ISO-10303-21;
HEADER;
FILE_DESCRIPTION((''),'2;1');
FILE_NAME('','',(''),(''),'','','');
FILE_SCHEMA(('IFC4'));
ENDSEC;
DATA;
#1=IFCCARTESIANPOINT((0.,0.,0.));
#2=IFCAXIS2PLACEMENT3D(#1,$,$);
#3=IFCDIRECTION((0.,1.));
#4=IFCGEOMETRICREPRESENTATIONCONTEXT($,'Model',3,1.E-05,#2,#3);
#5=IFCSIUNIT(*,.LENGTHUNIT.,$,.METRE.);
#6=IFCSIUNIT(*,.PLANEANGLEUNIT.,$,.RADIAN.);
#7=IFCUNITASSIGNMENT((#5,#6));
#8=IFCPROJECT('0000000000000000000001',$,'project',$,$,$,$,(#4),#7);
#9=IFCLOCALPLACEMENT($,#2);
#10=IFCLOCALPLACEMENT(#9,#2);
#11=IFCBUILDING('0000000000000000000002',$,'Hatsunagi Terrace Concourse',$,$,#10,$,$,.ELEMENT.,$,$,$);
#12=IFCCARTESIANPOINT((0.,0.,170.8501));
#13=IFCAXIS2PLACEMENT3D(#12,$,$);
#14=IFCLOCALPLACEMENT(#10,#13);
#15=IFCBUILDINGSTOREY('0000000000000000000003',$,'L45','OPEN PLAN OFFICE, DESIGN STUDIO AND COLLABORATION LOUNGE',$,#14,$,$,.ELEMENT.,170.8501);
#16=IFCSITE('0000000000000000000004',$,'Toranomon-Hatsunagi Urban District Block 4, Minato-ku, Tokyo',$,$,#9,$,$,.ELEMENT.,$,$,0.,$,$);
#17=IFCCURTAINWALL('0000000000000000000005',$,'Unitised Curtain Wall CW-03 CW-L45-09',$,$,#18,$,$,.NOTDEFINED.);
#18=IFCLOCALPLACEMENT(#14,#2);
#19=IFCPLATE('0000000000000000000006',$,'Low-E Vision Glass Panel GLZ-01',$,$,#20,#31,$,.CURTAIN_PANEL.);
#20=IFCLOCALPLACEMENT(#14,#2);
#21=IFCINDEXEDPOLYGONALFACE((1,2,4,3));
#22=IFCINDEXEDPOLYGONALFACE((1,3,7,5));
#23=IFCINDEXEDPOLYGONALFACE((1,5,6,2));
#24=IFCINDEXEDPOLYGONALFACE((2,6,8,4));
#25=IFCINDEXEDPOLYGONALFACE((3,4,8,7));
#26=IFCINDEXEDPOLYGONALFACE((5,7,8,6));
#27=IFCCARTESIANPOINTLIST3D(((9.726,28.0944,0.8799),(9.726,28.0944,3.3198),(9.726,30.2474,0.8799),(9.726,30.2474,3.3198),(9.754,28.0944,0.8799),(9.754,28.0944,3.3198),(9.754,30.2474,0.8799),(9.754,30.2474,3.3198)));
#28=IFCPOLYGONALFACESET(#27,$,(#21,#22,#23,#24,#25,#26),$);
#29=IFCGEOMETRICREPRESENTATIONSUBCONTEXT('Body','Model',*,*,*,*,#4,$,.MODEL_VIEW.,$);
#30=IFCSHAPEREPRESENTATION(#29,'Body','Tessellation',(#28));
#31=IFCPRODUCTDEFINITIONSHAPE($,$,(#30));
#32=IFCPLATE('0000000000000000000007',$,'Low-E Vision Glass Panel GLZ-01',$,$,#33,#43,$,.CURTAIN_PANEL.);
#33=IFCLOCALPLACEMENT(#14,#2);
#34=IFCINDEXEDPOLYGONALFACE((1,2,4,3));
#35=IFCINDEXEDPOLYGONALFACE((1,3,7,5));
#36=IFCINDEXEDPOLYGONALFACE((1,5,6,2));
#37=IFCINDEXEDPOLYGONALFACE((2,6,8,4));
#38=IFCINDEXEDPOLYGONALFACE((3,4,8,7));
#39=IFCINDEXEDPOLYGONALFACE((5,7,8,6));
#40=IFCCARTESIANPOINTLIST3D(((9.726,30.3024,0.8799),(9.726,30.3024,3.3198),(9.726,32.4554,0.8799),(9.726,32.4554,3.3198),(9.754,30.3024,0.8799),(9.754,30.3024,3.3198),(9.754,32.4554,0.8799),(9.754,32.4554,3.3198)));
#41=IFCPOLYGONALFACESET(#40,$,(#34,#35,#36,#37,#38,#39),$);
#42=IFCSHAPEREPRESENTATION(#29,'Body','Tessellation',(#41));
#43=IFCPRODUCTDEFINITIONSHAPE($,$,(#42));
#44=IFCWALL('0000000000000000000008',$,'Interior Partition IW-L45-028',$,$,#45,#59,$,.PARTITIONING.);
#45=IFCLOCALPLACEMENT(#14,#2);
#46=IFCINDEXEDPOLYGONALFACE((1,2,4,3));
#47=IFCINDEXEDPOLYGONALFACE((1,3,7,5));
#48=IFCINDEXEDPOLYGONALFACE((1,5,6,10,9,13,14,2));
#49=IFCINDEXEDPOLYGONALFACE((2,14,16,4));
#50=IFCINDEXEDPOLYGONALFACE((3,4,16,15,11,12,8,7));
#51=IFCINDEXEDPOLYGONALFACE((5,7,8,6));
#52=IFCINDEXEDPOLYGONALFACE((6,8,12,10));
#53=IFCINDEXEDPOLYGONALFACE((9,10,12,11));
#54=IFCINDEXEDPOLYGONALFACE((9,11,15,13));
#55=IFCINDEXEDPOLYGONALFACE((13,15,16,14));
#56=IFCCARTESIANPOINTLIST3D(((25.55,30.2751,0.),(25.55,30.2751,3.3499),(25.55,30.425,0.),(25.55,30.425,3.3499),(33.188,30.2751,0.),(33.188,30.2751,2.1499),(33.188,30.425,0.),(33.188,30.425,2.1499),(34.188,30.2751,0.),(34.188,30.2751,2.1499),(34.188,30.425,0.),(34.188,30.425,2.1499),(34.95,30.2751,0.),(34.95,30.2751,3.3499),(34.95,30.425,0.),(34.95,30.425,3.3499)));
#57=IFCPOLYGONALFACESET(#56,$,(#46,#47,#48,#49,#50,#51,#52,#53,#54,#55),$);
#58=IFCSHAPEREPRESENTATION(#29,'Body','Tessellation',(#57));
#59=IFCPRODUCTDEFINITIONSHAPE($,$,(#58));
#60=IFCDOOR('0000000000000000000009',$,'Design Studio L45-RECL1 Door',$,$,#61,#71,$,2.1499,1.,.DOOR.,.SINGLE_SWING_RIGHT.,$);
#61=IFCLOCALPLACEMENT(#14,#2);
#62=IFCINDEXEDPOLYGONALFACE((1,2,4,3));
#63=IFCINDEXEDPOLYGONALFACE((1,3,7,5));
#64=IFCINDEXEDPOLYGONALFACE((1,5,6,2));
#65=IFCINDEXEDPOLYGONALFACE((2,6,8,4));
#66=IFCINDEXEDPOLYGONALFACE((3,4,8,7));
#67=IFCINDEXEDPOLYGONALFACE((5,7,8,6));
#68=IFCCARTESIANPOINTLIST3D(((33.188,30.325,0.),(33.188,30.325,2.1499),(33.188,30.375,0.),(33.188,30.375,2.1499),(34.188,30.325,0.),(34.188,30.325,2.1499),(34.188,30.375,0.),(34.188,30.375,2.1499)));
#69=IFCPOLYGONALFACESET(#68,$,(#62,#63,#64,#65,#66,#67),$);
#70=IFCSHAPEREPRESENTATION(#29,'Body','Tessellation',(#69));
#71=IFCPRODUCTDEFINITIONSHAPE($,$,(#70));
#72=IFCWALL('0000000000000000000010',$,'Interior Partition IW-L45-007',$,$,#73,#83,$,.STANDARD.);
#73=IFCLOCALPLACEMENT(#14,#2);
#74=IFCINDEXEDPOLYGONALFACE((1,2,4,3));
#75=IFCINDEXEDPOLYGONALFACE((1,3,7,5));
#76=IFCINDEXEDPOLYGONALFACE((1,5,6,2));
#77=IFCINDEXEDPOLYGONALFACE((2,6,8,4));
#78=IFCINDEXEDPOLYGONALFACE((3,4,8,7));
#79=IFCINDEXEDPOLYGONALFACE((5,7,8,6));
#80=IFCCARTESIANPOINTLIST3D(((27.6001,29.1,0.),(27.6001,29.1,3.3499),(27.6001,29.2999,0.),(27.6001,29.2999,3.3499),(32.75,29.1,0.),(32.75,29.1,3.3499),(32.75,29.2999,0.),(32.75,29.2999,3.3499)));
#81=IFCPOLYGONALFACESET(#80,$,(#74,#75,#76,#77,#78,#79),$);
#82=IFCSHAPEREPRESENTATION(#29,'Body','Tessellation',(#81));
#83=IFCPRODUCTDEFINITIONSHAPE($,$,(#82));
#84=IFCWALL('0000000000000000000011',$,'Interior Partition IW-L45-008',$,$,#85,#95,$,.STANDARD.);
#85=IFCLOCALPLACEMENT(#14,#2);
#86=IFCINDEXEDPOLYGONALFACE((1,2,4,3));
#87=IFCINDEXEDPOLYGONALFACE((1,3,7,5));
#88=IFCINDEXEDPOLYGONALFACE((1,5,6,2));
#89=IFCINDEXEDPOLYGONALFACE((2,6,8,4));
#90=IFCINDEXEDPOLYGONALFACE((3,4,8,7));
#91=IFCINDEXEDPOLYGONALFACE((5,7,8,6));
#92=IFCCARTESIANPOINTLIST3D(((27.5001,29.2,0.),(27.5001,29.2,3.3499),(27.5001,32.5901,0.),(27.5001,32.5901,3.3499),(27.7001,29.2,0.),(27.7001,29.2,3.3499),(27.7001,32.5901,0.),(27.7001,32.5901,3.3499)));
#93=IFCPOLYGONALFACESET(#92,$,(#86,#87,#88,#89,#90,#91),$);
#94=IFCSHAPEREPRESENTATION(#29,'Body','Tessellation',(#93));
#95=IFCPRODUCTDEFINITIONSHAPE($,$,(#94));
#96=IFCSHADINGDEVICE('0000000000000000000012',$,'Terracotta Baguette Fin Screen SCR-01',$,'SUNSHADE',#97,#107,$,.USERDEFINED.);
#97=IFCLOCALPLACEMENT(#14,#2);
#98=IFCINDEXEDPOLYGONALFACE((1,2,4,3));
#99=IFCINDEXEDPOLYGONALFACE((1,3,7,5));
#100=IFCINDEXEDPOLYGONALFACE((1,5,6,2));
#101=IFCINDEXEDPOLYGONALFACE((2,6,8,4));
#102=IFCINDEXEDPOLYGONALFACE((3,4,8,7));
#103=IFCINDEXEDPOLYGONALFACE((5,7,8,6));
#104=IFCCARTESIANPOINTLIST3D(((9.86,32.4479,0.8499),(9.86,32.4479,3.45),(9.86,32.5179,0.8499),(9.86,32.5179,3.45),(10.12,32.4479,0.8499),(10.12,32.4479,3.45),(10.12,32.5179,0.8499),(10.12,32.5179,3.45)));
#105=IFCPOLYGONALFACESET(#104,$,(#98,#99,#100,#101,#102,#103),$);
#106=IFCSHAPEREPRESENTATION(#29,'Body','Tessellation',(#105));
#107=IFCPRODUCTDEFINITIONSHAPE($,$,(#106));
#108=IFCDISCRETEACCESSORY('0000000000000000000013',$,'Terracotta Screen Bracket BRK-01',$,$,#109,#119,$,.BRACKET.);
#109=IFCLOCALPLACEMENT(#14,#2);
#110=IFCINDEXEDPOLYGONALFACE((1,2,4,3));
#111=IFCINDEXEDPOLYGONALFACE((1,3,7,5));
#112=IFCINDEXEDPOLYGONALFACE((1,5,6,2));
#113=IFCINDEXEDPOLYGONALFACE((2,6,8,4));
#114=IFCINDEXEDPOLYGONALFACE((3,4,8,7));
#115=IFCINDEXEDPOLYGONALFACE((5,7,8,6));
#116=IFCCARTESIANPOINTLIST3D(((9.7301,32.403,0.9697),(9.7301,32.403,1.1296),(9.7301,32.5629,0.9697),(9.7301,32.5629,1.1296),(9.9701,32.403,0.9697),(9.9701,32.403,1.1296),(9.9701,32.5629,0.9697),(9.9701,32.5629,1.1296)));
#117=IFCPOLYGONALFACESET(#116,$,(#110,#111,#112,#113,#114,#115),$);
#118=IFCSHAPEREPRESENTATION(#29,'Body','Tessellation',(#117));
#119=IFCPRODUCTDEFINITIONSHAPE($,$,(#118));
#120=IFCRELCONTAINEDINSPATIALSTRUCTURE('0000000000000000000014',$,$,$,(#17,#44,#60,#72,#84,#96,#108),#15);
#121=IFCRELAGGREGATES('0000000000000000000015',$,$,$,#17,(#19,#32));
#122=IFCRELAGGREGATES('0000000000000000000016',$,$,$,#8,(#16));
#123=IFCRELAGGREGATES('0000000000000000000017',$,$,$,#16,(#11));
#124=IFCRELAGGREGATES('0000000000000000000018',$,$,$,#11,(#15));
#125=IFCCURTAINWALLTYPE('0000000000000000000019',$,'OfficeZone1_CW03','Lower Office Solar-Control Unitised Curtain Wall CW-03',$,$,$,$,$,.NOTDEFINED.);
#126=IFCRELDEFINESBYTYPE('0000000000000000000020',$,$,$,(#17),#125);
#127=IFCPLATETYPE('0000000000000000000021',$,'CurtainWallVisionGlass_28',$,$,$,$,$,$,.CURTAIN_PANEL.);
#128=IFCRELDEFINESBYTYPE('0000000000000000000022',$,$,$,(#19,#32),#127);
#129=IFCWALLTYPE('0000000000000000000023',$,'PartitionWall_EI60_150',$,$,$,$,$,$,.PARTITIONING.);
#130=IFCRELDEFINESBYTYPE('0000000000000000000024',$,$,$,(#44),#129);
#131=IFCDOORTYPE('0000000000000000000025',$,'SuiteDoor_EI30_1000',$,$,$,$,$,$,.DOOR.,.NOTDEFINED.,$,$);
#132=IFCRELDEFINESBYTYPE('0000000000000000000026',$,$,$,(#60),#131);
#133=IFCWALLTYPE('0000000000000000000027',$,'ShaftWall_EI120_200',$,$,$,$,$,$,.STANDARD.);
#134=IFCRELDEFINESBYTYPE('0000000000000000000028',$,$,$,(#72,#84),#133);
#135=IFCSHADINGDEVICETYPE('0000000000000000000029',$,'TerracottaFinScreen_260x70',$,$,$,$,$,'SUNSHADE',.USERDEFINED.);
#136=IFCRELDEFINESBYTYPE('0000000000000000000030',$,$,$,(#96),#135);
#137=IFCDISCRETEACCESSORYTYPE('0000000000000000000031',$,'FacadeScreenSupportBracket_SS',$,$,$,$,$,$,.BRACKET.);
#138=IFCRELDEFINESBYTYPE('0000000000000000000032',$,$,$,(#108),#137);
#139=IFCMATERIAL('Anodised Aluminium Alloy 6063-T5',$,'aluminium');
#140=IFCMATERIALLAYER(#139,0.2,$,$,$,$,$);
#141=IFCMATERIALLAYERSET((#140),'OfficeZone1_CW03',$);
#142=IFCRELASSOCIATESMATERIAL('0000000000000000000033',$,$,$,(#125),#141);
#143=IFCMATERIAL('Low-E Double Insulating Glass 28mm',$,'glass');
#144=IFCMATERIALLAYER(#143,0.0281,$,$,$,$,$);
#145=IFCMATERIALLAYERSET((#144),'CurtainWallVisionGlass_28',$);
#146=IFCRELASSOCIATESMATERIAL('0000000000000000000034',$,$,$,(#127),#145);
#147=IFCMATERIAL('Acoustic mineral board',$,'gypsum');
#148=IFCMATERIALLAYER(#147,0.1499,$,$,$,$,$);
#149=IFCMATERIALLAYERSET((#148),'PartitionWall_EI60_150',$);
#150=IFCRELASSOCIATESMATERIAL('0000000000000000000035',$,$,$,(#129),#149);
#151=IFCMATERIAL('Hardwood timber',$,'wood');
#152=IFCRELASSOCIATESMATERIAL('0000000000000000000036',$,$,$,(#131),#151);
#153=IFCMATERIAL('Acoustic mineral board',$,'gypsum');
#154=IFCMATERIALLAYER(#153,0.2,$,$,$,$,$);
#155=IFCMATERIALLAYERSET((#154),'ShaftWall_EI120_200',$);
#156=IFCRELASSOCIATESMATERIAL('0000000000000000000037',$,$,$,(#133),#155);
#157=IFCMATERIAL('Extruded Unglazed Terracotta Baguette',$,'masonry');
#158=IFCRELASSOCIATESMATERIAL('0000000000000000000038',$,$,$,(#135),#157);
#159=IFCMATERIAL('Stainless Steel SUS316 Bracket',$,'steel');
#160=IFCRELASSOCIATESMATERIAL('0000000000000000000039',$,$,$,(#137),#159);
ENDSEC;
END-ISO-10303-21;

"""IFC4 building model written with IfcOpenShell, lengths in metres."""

from ifc_helpers import new_model, si_unit, direction, frame, frame_2d, origin, origin_2d, place, context, subcontext, project, spatial, rectangle, extrude, material, layer, layer_set, type_object, element, fill, aggregate, save


model = new_model("IFC4")

# Units and contexts
model_context = context("Model", 3, precision=1e-05, world=origin(), true_north=direction((0.0, 1.0)))
body_context = subcontext(model_context, "Body", "Model", "MODEL_VIEW")
ifc_project = project(units=[si_unit("LENGTHUNIT", "METRE"), si_unit("PLANEANGLEUNIT", "RADIAN")], contexts=[model_context])

# Site, building, storey
site_placement = place(None, origin())
site = spatial("IfcSite", under=ifc_project, at=site_placement, Name="Toranomon-Hatsunagi Urban District Block 4, Minato-ku, Tokyo", CompositionType="ELEMENT", RefElevation=0.0)
building_placement = place(site_placement, origin())
building = spatial("IfcBuilding", under=site, at=building_placement, Name="Hatsunagi Terrace Concourse", CompositionType="ELEMENT")
storey_placement = place(building_placement, frame((0.0, 0.0, 170.8501)))
storey = spatial("IfcBuildingStorey", under=building, at=storey_placement, Name="L45", Description="OPEN PLAN OFFICE, DESIGN STUDIO AND COLLABORATION LOUNGE", CompositionType="ELEMENT", Elevation=170.8501)

# Curtain wall
ifc_material_1 = material(Name="Anodised Aluminium Alloy 6063-T5", Category="aluminium")
ifc_layer_1 = layer(ifc_material_1, 0.2)
ifc_layer_set_1 = layer_set([ifc_layer_1], Name="OfficeZone1_CW03")
curtain_wall_type = type_object("IfcCurtainWallType", Name="OfficeZone1_CW03", Description="Lower Office Solar-Control Unitised Curtain Wall CW-03", PredefinedType="NOTDEFINED", material=ifc_layer_set_1)
curtain_wall_placement = place(storey_placement, origin())
curtain_wall = element("IfcCurtainWall", 1, at=curtain_wall_placement, inside=storey, type_object=curtain_wall_type, Name="Unitised Curtain Wall CW-03 CW-L45-09", PredefinedType="NOTDEFINED")

# Plates
ifc_material_2 = material(Name="Low-E Double Insulating Glass 28mm", Category="glass")
ifc_layer_2 = layer(ifc_material_2, 0.0281)
ifc_layer_set_2 = layer_set([ifc_layer_2], Name="CurtainWallVisionGlass_28")
plate_type_1 = type_object("IfcPlateType", Name="CurtainWallVisionGlass_28", PredefinedType="CURTAIN_PANEL", material=ifc_layer_set_2)
plate_1_placement = place(storey_placement, frame((9.74, 29.1709, 0.8799), z_axis=(0.0, 0.0, 1.0), x_axis=(0.0, 1.0, 0.0)))
plate_1 = element("IfcPlate", 2, at=plate_1_placement, type_object=plate_type_1, Name="Low-E Vision Glass Panel GLZ-01", PredefinedType="CURTAIN_PANEL", context=body_context, shape_type="SweptSolid", body=[
    extrude(rectangle(XDim=2.1531, YDim=0.0281, at=origin_2d()), origin(), (0.0, 0.0, 1.0), 2.4399),
])
plate_2_placement = place(storey_placement, frame((9.74, 31.3789, 0.8799), z_axis=(0.0, 0.0, 1.0), x_axis=(0.0, 1.0, 0.0)))
plate_2 = element("IfcPlate", 3, at=plate_2_placement, type_object=plate_type_1, Name="Low-E Vision Glass Panel GLZ-01", PredefinedType="CURTAIN_PANEL", context=body_context, shape_type="SweptSolid", body=[
    extrude(rectangle(XDim=2.1531, YDim=0.0281, at=origin_2d()), origin(), (0.0, 0.0, 1.0), 2.4399),
])
aggregate(curtain_wall, [plate_1, plate_2])

# Wall, opening, door
ifc_material_3 = material(Name="Acoustic mineral board", Category="gypsum")
ifc_layer_3 = layer(ifc_material_3, 0.1499)
ifc_layer_set_3 = layer_set([ifc_layer_3], Name="PartitionWall_EI60_150")
wall_type_1 = type_object("IfcWallType", Name="PartitionWall_EI60_150", PredefinedType="PARTITIONING", material=ifc_layer_set_3)
wall_1_placement = place(storey_placement, frame((25.55, 30.3501, 0.0), z_axis=(0.0, 0.0, 1.0), x_axis=(1.0, 0.0, 0.0)))
wall_1 = element("IfcWall", 4, at=wall_1_placement, inside=storey, type_object=wall_type_1, Name="Interior Partition IW-L45-028", PredefinedType="PARTITIONING", context=body_context, shape_type="SweptSolid", body=[
    extrude(rectangle(XDim=9.3999, YDim=0.1499, at=frame_2d((4.7, 0.0))), origin(), (0.0, 0.0, 1.0), 3.3499),
])
opening_placement = place(wall_1_placement, frame((7.6379, 0.0, 0.0)))
opening = element("IfcOpeningElement", 5, at=opening_placement, cuts=wall_1, PredefinedType="OPENING", context=body_context, shape_type="SweptSolid", body=[
    extrude(rectangle(XDim=1.0, YDim=2.1499, at=frame_2d((0.5, 1.075))), frame((0.0, 0.085, 0.0), z_axis=(0.0, -1.0, 0.0), x_axis=(1.0, 0.0, 0.0)), (0.0, 0.0, 1.0), 0.1699),
])
ifc_material_4 = material(Name="Hardwood timber", Category="wood")
door_type = type_object("IfcDoorType", Name="SuiteDoor_EI30_1000", OperationType="NOTDEFINED", PredefinedType="DOOR", material=ifc_material_4)
door_placement = place(opening_placement, origin())
door = element("IfcDoor", 6, at=door_placement, inside=storey, type_object=door_type, Name="Design Studio L45-RECL1 Door", OperationType="SINGLE_SWING_RIGHT", OverallHeight=2.1499, OverallWidth=1.0, PredefinedType="DOOR", context=body_context, shape_type="SweptSolid", body=[
    extrude(rectangle(XDim=1.0, YDim=2.1499, at=frame_2d((0.5, 1.075))), frame((0.0, 0.0249, 0.0), z_axis=(0.0, -1.0, 0.0), x_axis=(1.0, 0.0, 0.0)), (0.0, 0.0, 1.0), 0.05),
])
fill(opening, door)

# Walls
ifc_material_5 = material(Name="Acoustic mineral board", Category="gypsum")
ifc_layer_4 = layer(ifc_material_5, 0.2)
ifc_layer_set_4 = layer_set([ifc_layer_4], Name="ShaftWall_EI120_200")
wall_type_2 = type_object("IfcWallType", Name="ShaftWall_EI120_200", PredefinedType="STANDARD", material=ifc_layer_set_4)
wall_2_placement = place(storey_placement, frame((27.6001, 29.2, 0.0), z_axis=(0.0, 0.0, 1.0), x_axis=(1.0, 0.0, 0.0)))
element("IfcWall", 7, at=wall_2_placement, inside=storey, type_object=wall_type_2, Name="Interior Partition IW-L45-007", PredefinedType="STANDARD", context=body_context, shape_type="SweptSolid", body=[
    extrude(rectangle(XDim=5.1499, YDim=0.2, at=frame_2d((2.575, 0.0))), origin(), (0.0, 0.0, 1.0), 3.3499),
])
wall_3_placement = place(storey_placement, frame((27.6001, 29.2, 0.0), z_axis=(0.0, 0.0, 1.0), x_axis=(0.0, 1.0, 0.0)))
element("IfcWall", 8, at=wall_3_placement, inside=storey, type_object=wall_type_2, Name="Interior Partition IW-L45-008", PredefinedType="STANDARD", context=body_context, shape_type="SweptSolid", body=[
    extrude(rectangle(XDim=3.3901, YDim=0.2, at=frame_2d((1.6951, 0.0))), origin(), (0.0, 0.0, 1.0), 3.3499),
])

# Shading device
ifc_material_6 = material(Name="Extruded Unglazed Terracotta Baguette", Category="masonry")
shading_device_type = type_object("IfcShadingDeviceType", Name="TerracottaFinScreen_260x70", ElementType="SUNSHADE", PredefinedType="USERDEFINED", material=ifc_material_6)
shading_device_placement = place(storey_placement, frame((9.99, 32.4829, 0.8499), z_axis=(0.0, 0.0, 1.0), x_axis=(0.0, 1.0, 0.0)))
element("IfcShadingDevice", 9, at=shading_device_placement, inside=storey, type_object=shading_device_type, Name="Terracotta Baguette Fin Screen SCR-01", ObjectType="SUNSHADE", PredefinedType="USERDEFINED", context=body_context, shape_type="SweptSolid", body=[
    extrude(rectangle(XDim=0.0701, YDim=0.26, at=origin_2d()), origin(), (0.0, 0.0, 1.0), 2.6001),
])

# Discrete accessory
ifc_material_7 = material(Name="Stainless Steel SUS316 Bracket", Category="steel")
discrete_accessory_type = type_object("IfcDiscreteAccessoryType", Name="FacadeScreenSupportBracket_SS", PredefinedType="BRACKET", material=ifc_material_7)
discrete_accessory_placement = place(storey_placement, frame((9.8501, 32.4829, 0.9697), z_axis=(0.0, 0.0, 1.0), x_axis=(0.0, 1.0, 0.0)))
element("IfcDiscreteAccessory", 10, at=discrete_accessory_placement, inside=storey, type_object=discrete_accessory_type, Name="Terracotta Screen Bracket BRK-01", PredefinedType="BRACKET", context=body_context, shape_type="SweptSolid", body=[
    extrude(rectangle(XDim=0.1599, YDim=0.24, at=origin_2d()), origin(), (0.0, 0.0, 1.0), 0.1599),
])

save(model, "model.ifc")
